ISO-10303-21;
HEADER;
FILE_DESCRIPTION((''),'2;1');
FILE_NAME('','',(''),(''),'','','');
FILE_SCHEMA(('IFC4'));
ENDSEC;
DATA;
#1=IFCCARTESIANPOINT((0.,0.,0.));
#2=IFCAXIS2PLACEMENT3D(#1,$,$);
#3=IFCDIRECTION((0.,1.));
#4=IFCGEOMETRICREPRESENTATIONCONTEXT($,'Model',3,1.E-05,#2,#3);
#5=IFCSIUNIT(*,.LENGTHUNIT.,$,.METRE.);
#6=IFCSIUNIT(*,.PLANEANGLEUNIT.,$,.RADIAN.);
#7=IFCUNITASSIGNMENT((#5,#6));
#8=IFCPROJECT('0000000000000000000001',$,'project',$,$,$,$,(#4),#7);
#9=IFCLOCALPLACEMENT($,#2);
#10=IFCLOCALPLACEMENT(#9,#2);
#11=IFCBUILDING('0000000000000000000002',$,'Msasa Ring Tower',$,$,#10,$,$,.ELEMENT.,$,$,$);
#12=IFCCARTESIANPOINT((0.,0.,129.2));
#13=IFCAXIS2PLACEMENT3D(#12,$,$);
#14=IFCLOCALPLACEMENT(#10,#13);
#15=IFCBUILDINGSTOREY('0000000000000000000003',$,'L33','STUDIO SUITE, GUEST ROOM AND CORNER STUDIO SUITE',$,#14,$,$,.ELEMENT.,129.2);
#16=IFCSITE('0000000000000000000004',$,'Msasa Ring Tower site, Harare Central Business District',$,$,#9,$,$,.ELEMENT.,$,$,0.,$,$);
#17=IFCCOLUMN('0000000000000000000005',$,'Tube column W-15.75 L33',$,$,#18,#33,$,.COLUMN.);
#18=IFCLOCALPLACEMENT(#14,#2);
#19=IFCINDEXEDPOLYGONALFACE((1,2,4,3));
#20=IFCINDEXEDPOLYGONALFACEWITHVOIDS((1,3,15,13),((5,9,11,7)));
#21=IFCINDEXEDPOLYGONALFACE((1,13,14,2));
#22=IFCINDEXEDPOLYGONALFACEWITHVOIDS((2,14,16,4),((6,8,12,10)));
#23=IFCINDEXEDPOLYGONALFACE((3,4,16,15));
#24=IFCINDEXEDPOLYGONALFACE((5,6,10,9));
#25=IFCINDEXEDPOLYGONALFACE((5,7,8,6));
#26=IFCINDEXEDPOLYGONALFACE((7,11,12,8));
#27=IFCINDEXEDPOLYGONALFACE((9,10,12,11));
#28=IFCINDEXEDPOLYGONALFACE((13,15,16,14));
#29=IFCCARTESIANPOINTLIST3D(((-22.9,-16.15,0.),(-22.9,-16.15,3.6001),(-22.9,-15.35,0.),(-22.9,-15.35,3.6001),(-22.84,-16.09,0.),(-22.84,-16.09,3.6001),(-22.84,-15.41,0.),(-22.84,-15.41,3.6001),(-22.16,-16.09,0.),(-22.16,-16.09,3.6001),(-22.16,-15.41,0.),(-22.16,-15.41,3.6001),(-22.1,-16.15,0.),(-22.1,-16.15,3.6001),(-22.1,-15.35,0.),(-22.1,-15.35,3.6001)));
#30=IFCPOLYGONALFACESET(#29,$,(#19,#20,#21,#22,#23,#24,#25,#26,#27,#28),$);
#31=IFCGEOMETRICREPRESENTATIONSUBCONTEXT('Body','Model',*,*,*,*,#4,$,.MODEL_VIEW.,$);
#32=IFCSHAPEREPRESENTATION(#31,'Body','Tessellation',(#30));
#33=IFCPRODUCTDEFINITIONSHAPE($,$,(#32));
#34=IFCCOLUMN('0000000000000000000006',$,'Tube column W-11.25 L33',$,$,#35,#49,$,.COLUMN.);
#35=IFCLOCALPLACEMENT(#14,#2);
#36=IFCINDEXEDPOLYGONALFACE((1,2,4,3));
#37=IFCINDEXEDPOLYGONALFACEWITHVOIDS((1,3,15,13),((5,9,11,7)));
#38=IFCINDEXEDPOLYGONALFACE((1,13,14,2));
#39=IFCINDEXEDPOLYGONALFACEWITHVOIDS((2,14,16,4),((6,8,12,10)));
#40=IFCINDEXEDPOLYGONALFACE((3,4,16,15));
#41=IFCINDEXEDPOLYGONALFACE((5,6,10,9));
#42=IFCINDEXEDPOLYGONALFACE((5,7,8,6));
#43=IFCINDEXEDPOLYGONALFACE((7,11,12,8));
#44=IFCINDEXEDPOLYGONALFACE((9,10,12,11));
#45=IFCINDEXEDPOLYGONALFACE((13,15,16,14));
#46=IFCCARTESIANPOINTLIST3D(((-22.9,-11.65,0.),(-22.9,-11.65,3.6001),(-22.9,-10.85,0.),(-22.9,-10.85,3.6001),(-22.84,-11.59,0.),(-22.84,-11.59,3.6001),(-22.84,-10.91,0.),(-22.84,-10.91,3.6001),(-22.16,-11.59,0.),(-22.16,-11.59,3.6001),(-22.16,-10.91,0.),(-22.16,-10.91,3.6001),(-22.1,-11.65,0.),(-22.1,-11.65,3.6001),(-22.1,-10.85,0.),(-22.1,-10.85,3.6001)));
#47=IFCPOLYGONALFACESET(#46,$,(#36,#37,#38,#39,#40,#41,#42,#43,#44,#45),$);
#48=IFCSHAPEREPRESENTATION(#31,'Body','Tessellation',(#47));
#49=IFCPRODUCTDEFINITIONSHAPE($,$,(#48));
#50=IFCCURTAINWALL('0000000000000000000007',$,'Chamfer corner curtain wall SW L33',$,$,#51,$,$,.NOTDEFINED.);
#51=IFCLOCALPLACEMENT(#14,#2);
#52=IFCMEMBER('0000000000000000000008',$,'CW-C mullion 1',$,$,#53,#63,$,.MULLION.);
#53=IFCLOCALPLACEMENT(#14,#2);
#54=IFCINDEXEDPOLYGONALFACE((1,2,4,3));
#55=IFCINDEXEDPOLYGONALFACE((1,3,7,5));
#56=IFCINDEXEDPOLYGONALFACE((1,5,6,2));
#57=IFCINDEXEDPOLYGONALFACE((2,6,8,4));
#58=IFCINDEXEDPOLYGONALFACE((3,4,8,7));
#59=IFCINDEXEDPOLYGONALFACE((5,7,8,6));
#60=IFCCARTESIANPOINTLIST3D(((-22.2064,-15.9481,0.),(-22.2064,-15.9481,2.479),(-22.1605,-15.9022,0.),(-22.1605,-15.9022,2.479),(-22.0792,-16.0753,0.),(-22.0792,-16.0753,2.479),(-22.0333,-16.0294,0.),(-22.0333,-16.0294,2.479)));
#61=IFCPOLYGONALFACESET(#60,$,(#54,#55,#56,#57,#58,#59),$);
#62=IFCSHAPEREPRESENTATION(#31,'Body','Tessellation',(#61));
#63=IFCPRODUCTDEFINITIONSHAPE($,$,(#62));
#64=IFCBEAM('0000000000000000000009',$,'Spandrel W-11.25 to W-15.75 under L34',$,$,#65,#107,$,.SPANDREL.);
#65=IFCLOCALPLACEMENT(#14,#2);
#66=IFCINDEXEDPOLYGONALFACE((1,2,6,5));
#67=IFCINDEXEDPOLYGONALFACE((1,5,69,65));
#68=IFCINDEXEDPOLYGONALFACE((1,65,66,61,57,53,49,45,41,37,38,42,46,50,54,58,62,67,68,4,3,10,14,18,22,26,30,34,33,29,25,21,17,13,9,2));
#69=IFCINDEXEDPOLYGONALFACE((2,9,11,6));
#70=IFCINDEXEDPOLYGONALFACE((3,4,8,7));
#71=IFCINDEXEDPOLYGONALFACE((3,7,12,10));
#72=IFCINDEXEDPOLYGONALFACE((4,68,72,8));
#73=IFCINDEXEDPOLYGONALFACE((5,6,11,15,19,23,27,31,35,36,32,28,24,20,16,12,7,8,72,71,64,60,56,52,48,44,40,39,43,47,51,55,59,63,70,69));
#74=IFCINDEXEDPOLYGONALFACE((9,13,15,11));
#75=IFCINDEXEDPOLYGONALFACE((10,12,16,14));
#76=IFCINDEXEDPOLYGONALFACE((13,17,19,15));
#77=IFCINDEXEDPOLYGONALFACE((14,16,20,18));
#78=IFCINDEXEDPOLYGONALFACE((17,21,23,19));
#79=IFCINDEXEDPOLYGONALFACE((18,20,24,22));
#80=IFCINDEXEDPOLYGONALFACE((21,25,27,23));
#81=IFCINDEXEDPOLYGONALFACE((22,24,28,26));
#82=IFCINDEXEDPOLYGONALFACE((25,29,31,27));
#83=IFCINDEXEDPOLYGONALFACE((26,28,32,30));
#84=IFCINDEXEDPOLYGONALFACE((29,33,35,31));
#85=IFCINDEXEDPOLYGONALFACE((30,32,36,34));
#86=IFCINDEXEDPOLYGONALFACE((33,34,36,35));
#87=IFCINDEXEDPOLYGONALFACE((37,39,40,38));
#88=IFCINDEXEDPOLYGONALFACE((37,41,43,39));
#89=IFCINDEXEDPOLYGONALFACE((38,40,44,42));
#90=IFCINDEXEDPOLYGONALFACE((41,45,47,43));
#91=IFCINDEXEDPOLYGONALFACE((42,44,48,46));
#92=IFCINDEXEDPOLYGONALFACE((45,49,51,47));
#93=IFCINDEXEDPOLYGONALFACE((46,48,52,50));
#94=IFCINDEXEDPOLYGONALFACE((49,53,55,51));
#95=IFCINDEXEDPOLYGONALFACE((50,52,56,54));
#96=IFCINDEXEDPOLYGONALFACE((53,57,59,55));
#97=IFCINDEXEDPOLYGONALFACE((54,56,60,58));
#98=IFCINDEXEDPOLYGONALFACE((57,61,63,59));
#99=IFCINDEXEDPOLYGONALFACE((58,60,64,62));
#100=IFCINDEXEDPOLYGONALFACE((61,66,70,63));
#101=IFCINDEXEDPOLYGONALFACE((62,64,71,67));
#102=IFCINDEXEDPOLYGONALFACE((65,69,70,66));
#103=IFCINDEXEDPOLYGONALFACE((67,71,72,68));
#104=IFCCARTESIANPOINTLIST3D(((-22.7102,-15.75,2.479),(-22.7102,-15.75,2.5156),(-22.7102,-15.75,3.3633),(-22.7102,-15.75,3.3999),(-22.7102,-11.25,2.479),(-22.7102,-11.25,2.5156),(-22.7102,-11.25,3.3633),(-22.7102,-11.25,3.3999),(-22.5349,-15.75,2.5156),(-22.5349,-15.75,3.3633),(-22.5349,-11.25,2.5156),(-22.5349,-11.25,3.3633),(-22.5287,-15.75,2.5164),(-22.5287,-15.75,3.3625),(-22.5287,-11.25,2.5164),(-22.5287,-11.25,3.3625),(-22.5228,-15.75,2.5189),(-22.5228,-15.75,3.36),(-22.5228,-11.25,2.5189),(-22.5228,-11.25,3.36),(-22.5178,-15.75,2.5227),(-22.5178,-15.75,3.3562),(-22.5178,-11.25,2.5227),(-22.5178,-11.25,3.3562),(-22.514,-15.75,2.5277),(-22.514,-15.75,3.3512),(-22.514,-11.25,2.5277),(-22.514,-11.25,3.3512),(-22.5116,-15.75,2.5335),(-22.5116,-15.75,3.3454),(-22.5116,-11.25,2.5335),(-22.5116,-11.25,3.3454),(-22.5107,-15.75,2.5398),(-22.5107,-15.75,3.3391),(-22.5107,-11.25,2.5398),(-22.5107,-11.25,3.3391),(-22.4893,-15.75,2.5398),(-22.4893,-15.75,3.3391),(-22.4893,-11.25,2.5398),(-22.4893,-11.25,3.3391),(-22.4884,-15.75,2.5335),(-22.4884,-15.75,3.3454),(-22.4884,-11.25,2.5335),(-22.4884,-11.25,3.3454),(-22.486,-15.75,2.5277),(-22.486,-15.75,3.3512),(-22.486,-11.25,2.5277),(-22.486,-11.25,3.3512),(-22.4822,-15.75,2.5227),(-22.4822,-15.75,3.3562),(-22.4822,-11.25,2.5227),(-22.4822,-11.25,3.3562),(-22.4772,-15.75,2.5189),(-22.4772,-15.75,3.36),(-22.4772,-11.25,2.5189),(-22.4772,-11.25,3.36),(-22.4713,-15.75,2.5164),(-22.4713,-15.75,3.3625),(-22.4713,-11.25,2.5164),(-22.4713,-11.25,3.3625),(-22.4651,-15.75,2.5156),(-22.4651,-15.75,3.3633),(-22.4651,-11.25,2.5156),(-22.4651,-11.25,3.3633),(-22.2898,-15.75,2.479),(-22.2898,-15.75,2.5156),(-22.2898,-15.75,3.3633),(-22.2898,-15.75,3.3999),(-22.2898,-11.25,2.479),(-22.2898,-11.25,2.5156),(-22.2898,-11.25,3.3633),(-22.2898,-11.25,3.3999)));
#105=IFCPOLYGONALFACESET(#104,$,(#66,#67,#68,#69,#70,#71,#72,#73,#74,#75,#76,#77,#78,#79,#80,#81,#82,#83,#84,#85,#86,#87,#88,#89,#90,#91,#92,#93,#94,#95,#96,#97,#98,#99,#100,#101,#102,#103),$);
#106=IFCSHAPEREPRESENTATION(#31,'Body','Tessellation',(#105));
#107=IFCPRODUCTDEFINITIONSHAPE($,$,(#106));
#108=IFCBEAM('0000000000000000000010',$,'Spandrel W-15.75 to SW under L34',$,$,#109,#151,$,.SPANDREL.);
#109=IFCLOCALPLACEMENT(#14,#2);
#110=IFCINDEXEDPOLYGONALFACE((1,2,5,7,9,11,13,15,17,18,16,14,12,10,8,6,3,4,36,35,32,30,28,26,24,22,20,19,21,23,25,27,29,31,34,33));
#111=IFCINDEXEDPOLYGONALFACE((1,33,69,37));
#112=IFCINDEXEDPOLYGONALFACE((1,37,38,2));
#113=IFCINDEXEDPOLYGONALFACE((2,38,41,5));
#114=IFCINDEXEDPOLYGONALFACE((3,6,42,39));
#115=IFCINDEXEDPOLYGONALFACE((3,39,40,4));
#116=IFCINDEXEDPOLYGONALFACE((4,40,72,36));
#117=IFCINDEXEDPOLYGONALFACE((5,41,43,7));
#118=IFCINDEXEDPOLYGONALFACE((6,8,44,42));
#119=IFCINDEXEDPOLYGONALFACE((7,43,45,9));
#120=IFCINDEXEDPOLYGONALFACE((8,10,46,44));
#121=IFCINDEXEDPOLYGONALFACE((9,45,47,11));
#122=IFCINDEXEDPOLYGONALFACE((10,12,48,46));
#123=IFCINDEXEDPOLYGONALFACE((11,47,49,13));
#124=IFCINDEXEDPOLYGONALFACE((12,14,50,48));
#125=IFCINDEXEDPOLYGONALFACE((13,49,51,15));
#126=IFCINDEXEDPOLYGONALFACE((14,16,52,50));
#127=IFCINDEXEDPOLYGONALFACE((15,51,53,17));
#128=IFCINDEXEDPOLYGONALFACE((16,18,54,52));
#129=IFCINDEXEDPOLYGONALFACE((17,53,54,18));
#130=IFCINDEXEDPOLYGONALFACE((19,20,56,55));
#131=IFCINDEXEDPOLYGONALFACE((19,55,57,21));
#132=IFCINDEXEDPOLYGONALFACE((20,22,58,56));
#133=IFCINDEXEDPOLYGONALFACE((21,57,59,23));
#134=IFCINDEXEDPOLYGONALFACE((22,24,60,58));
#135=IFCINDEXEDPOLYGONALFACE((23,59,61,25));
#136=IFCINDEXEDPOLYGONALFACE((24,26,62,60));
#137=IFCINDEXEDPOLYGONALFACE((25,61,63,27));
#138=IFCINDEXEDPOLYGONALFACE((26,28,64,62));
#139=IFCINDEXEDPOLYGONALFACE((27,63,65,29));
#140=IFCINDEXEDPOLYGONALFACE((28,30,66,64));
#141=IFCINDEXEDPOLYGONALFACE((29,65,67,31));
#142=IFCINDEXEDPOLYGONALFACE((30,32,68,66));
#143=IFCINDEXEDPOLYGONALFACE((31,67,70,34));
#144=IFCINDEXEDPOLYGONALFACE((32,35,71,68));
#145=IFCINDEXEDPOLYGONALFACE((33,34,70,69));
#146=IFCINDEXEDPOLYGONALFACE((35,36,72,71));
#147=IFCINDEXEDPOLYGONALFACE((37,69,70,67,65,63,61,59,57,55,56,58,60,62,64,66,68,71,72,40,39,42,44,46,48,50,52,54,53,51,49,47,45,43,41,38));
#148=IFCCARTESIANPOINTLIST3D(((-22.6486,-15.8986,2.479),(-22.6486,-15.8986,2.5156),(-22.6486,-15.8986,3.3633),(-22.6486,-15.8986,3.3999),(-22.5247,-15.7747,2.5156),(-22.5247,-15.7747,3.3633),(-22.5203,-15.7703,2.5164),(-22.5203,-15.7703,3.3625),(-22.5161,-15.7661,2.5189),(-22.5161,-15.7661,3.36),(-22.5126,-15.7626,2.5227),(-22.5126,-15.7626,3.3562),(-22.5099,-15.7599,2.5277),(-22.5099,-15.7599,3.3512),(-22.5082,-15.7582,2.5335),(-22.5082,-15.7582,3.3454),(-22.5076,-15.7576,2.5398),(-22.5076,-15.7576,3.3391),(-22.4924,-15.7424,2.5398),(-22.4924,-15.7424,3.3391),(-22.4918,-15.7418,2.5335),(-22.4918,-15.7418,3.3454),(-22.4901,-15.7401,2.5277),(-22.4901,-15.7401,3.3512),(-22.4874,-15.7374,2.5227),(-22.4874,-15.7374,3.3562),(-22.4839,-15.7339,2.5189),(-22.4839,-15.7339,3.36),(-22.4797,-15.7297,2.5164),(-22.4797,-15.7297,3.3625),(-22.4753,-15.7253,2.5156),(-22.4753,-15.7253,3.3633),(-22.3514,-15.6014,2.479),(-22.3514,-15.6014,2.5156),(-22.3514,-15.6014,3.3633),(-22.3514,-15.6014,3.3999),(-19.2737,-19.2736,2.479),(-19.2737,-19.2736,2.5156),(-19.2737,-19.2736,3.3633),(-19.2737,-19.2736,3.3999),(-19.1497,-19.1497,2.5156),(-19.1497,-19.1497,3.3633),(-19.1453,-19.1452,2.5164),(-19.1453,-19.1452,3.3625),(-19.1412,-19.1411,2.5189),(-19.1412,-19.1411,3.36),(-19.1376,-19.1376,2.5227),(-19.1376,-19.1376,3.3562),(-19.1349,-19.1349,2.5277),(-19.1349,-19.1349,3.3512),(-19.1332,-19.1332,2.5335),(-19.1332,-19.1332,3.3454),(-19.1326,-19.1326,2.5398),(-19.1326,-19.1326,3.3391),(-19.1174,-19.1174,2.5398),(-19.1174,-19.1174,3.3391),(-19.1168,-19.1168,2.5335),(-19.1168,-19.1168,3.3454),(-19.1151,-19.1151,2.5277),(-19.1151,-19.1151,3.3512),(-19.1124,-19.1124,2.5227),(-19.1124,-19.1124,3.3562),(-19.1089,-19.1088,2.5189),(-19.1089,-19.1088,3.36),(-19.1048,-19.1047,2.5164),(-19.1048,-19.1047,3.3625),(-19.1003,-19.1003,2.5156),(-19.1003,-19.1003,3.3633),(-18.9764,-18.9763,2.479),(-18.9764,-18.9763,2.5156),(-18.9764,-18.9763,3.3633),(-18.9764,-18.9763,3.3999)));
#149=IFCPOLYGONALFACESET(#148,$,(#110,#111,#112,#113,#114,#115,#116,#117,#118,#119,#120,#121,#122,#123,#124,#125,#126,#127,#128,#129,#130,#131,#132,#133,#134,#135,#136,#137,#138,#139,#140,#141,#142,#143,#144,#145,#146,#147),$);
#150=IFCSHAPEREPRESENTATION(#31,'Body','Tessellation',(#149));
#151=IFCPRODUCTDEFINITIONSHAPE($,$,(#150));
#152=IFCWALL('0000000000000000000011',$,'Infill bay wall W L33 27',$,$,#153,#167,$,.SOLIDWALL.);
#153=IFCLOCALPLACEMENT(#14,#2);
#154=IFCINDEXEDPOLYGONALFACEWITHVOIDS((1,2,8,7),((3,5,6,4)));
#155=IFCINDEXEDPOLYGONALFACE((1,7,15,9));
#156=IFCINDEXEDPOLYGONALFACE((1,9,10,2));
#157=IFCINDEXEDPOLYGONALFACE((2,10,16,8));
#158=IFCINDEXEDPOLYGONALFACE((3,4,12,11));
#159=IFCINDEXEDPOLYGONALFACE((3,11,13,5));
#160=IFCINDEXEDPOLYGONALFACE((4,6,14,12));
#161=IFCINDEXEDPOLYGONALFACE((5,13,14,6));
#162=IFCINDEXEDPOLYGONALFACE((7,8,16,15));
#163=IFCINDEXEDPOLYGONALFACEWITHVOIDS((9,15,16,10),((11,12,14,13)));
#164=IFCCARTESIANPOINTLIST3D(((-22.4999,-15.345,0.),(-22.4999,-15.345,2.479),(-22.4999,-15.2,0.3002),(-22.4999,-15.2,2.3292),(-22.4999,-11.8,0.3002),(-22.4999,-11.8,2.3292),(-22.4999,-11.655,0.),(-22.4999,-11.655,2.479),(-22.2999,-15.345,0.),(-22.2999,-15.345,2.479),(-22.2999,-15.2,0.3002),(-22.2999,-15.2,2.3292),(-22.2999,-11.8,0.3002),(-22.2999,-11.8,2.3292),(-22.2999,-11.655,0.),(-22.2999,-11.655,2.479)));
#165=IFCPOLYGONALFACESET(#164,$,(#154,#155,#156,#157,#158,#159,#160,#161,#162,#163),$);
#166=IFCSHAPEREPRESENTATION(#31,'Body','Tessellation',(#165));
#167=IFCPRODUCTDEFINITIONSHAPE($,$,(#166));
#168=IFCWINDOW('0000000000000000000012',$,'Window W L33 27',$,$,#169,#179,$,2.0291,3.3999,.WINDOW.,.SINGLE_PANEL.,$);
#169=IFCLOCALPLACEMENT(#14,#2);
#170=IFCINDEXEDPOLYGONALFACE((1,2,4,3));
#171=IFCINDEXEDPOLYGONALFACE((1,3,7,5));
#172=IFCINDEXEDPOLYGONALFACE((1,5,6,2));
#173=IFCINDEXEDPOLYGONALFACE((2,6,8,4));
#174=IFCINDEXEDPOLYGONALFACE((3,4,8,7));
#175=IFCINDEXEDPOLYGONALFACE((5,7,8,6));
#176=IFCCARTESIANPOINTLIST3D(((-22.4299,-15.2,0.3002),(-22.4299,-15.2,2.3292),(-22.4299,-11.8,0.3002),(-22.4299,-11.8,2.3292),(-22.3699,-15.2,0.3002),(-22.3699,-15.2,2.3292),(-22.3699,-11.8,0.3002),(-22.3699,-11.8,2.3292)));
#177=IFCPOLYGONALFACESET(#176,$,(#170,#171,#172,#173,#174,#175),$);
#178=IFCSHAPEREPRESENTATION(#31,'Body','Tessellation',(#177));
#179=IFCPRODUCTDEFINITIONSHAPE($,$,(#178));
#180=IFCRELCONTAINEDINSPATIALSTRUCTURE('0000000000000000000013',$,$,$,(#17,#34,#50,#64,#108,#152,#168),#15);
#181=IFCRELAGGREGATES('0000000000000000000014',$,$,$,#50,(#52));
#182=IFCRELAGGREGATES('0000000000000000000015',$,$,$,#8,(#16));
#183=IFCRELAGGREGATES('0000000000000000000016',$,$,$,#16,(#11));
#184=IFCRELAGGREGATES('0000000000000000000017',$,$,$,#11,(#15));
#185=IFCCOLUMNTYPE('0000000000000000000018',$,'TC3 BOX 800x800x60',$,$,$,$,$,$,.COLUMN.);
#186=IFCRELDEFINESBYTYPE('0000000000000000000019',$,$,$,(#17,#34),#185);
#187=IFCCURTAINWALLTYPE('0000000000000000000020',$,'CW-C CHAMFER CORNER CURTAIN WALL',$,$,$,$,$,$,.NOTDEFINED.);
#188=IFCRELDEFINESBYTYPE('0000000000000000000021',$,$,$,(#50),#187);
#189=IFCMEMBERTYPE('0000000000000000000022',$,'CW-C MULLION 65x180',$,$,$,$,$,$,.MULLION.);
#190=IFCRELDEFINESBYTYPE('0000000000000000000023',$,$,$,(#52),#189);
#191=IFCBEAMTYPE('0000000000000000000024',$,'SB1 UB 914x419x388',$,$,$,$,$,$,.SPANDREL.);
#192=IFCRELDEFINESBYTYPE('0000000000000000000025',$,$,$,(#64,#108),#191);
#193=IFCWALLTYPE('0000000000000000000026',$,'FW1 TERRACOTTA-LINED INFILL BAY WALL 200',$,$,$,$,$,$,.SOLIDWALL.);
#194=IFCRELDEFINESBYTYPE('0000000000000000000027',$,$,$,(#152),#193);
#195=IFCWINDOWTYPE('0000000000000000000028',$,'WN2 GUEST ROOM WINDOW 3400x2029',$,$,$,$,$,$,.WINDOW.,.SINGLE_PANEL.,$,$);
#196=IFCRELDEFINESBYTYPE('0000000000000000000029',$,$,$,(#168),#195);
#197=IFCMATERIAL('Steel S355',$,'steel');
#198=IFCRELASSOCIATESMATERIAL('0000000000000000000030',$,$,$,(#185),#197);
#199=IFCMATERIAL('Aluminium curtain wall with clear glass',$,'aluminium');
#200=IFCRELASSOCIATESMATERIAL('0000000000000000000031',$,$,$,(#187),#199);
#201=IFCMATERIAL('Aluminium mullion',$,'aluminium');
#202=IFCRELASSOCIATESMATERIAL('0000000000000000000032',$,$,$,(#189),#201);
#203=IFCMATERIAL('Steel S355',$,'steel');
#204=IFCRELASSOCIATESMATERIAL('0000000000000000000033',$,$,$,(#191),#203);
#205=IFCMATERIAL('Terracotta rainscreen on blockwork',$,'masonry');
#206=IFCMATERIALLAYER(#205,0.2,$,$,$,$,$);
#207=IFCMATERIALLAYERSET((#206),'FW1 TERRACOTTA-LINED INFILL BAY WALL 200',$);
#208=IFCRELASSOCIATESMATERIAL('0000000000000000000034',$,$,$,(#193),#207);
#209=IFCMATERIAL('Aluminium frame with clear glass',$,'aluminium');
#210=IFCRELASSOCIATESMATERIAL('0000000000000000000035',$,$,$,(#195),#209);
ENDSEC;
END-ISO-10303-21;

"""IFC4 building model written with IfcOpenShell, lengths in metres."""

from ifc_helpers import new_model, si_unit, direction, frame, frame_2d, origin, origin_2d, place, context, subcontext, project, spatial, rectangle, hollow_rectangle, i_section, extrude, material, layer, layer_set, material_profile, profile_set, type_object, element, fill, aggregate, save


model = new_model("IFC4")

# Units and contexts
model_context = context("Model", 3, precision=1e-05, world=origin(), true_north=direction((0.0, 1.0)))
body_context = subcontext(model_context, "Body", "Model", "MODEL_VIEW")
ifc_project = project(units=[si_unit("LENGTHUNIT", "METRE"), si_unit("PLANEANGLEUNIT", "RADIAN")], contexts=[model_context])

# Site, building, storey
site_placement = place(None, origin())
site = spatial("IfcSite", under=ifc_project, at=site_placement, Name="Msasa Ring Tower site, Harare Central Business District", CompositionType="ELEMENT", RefElevation=0.0)
building_placement = place(site_placement, origin())
building = spatial("IfcBuilding", under=site, at=building_placement, Name="Msasa Ring Tower", CompositionType="ELEMENT")
storey_placement = place(building_placement, frame((0.0, 0.0, 129.2)))
storey = spatial("IfcBuildingStorey", under=building, at=storey_placement, Name="L33", Description="STUDIO SUITE, GUEST ROOM AND CORNER STUDIO SUITE", CompositionType="ELEMENT", Elevation=129.2)

# Columns
ifc_material_1 = material(Name="Steel S355", Category="steel")
ifc_material_profile_1 = material_profile(ifc_material_1, hollow_rectangle(XDim=0.8, YDim=0.8, WallThickness=0.0601, at=origin_2d()), Name="BOX 800x800x60")
ifc_profile_set_1 = profile_set([ifc_material_profile_1], Name="Steel S355")
column_type = type_object("IfcColumnType", Name="TC3 BOX 800x800x60", PredefinedType="COLUMN", material=ifc_profile_set_1)
for number, where, z_axis, x_axis, name in (
    (1, (-22.5, -15.75, 0.0), (0.0, 0.0, 1.0), (1.0, 0.0, 0.0), "Tube column W-15.75 L33"),
    (2, (-22.5, -11.25, 0.0), (0.0, 0.0, 1.0), (1.0, 0.0, 0.0), "Tube column W-11.25 L33"),
):
    element("IfcColumn", number, at=place(storey_placement, frame(where, z_axis=z_axis, x_axis=x_axis)), inside=storey, type_object=column_type, Name=name, PredefinedType="COLUMN", context=body_context, shape_type="SweptSolid", body=[
        extrude(hollow_rectangle(XDim=0.8, YDim=0.8, WallThickness=0.0601, at=origin_2d()), origin(), (0.0, 0.0, 1.0), 3.6001),
    ])

# Curtain wall, member
ifc_material_2 = material(Name="Aluminium curtain wall with clear glass", Category="aluminium")
curtain_wall_type = type_object("IfcCurtainWallType", Name="CW-C CHAMFER CORNER CURTAIN WALL", PredefinedType="NOTDEFINED", material=ifc_material_2)
curtain_wall_placement = place(storey_placement, origin())
curtain_wall = element("IfcCurtainWall", 3, at=curtain_wall_placement, inside=storey, type_object=curtain_wall_type, Name="Chamfer corner curtain wall SW L33", PredefinedType="NOTDEFINED")
ifc_material_3 = material(Name="Aluminium mullion", Category="aluminium")
ifc_material_profile_2 = material_profile(ifc_material_3, rectangle(XDim=0.0649, YDim=0.1799, at=origin_2d()), Name="AL 65x180")
ifc_profile_set_2 = profile_set([ifc_material_profile_2], Name="Aluminium mullion")
member_type = type_object("IfcMemberType", Name="CW-C MULLION 65x180", PredefinedType="MULLION", material=ifc_profile_set_2)
member_placement = place(storey_placement, frame((-22.1199, -15.9888, 0.0), z_axis=(0.0, 0.0, 1.0), x_axis=(0.707107, 0.707107, 0.0)))
member = element("IfcMember", 4, at=member_placement, type_object=member_type, Name="CW-C mullion 1", PredefinedType="MULLION", context=body_context, shape_type="SweptSolid", body=[
    extrude(rectangle(XDim=0.0649, YDim=0.1799, at=origin_2d()), origin(), (0.0, 0.0, 1.0), 2.479),
])
aggregate(curtain_wall, [member])

# Beams
ifc_material_4 = material(Name="Steel S355", Category="steel")
ifc_material_profile_3 = material_profile(ifc_material_4, i_section(OverallWidth=0.4204, OverallDepth=0.9209, WebThickness=0.0215, FlangeThickness=0.0366, FilletRadius=0.0242, at=origin_2d()), Name="UB 914x419x388")
ifc_profile_set_3 = profile_set([ifc_material_profile_3], Name="Steel S355")
beam_type = type_object("IfcBeamType", Name="SB1 UB 914x419x388", PredefinedType="SPANDREL", material=ifc_profile_set_3)
beam_1_placement = place(storey_placement, frame((-22.5, -11.25, 2.9395), z_axis=(0.0, -1.0, 0.0), x_axis=(1.0, 0.0, 0.0)))
element("IfcBeam", 5, at=beam_1_placement, inside=storey, type_object=beam_type, Name="Spandrel W-11.25 to W-15.75 under L34", PredefinedType="SPANDREL", context=body_context, shape_type="SweptSolid", body=[
    extrude(i_section(OverallWidth=0.4204, OverallDepth=0.9209, WebThickness=0.0215, FlangeThickness=0.0366, FilletRadius=0.0242, at=origin_2d()), origin(), (0.0, 0.0, 1.0), 4.5),
])
beam_2_placement = place(storey_placement, frame((-22.5, -15.75, 2.9395), z_axis=(0.707107, -0.707107, 0.0), x_axis=(0.707107, 0.707107, 0.0)))
element("IfcBeam", 6, at=beam_2_placement, inside=storey, type_object=beam_type, Name="Spandrel W-15.75 to SW under L34", PredefinedType="SPANDREL", context=body_context, shape_type="SweptSolid", body=[
    extrude(i_section(OverallWidth=0.4204, OverallDepth=0.9209, WebThickness=0.0215, FlangeThickness=0.0366, FilletRadius=0.0242, at=origin_2d()), origin(), (0.0, 0.0, 1.0), 4.7729),
])

# Wall, opening, window
ifc_material_5 = material(Name="Terracotta rainscreen on blockwork", Category="masonry")
ifc_layer_1 = layer(ifc_material_5, 0.2)
ifc_layer_set_1 = layer_set([ifc_layer_1], Name="FW1 TERRACOTTA-LINED INFILL BAY WALL 200")
wall_type_1 = type_object("IfcWallType", Name="FW1 TERRACOTTA-LINED INFILL BAY WALL 200", PredefinedType="SOLIDWALL", material=ifc_layer_set_1)
wall_1_placement = place(storey_placement, frame((-22.3999, -15.345, 0.0), z_axis=(0.0, 0.0, 1.0), x_axis=(0.0, 1.0, 0.0)))
wall_1 = element("IfcWall", 7, at=wall_1_placement, inside=storey, type_object=wall_type_1, Name="Infill bay wall W L33 27", PredefinedType="SOLIDWALL", context=body_context, shape_type="SweptSolid", body=[
    extrude(rectangle(XDim=3.6899, YDim=0.2, at=frame_2d((1.845, 0.0))), origin(), (0.0, 0.0, 1.0), 2.479),
])
opening_1_placement = place(wall_1_placement, frame((0.145, 0.0, 0.3)))
opening_1 = element("IfcOpeningElement", 8, at=opening_1_placement, cuts=wall_1, PredefinedType="OPENING", context=body_context, shape_type="SweptSolid", body=[
    extrude(rectangle(XDim=3.3999, YDim=2.0291, at=frame_2d((1.7, 1.0146))), frame((0.0, 0.1099, 0.0), z_axis=(0.0, -1.0, 0.0), x_axis=(1.0, 0.0, 0.0)), (0.0, 0.0, 1.0), 0.22),
])
ifc_material_6 = material(Name="Aluminium frame with clear glass", Category="aluminium")
window_type = type_object("IfcWindowType", Name="WN2 GUEST ROOM WINDOW 3400x2029", PartitioningType="SINGLE_PANEL", PredefinedType="WINDOW", material=ifc_material_6)
window_1_placement = place(opening_1_placement, origin())
window_1 = element("IfcWindow", 9, at=window_1_placement, inside=storey, type_object=window_type, Name="Window W L33 27", OverallHeight=2.0291, OverallWidth=3.3999, PartitioningType="SINGLE_PANEL", PredefinedType="WINDOW", context=body_context, shape_type="SweptSolid", body=[
    extrude(rectangle(XDim=3.3999, YDim=2.0291, at=frame_2d((1.7, 1.0146))), frame((0.0, 0.03, 0.0), z_axis=(0.0, -1.0, 0.0), x_axis=(1.0, 0.0, 0.0)), (0.0, 0.0, 1.0), 0.0601),
])
fill(opening_1, window_1)

save(model, "model.ifc")
